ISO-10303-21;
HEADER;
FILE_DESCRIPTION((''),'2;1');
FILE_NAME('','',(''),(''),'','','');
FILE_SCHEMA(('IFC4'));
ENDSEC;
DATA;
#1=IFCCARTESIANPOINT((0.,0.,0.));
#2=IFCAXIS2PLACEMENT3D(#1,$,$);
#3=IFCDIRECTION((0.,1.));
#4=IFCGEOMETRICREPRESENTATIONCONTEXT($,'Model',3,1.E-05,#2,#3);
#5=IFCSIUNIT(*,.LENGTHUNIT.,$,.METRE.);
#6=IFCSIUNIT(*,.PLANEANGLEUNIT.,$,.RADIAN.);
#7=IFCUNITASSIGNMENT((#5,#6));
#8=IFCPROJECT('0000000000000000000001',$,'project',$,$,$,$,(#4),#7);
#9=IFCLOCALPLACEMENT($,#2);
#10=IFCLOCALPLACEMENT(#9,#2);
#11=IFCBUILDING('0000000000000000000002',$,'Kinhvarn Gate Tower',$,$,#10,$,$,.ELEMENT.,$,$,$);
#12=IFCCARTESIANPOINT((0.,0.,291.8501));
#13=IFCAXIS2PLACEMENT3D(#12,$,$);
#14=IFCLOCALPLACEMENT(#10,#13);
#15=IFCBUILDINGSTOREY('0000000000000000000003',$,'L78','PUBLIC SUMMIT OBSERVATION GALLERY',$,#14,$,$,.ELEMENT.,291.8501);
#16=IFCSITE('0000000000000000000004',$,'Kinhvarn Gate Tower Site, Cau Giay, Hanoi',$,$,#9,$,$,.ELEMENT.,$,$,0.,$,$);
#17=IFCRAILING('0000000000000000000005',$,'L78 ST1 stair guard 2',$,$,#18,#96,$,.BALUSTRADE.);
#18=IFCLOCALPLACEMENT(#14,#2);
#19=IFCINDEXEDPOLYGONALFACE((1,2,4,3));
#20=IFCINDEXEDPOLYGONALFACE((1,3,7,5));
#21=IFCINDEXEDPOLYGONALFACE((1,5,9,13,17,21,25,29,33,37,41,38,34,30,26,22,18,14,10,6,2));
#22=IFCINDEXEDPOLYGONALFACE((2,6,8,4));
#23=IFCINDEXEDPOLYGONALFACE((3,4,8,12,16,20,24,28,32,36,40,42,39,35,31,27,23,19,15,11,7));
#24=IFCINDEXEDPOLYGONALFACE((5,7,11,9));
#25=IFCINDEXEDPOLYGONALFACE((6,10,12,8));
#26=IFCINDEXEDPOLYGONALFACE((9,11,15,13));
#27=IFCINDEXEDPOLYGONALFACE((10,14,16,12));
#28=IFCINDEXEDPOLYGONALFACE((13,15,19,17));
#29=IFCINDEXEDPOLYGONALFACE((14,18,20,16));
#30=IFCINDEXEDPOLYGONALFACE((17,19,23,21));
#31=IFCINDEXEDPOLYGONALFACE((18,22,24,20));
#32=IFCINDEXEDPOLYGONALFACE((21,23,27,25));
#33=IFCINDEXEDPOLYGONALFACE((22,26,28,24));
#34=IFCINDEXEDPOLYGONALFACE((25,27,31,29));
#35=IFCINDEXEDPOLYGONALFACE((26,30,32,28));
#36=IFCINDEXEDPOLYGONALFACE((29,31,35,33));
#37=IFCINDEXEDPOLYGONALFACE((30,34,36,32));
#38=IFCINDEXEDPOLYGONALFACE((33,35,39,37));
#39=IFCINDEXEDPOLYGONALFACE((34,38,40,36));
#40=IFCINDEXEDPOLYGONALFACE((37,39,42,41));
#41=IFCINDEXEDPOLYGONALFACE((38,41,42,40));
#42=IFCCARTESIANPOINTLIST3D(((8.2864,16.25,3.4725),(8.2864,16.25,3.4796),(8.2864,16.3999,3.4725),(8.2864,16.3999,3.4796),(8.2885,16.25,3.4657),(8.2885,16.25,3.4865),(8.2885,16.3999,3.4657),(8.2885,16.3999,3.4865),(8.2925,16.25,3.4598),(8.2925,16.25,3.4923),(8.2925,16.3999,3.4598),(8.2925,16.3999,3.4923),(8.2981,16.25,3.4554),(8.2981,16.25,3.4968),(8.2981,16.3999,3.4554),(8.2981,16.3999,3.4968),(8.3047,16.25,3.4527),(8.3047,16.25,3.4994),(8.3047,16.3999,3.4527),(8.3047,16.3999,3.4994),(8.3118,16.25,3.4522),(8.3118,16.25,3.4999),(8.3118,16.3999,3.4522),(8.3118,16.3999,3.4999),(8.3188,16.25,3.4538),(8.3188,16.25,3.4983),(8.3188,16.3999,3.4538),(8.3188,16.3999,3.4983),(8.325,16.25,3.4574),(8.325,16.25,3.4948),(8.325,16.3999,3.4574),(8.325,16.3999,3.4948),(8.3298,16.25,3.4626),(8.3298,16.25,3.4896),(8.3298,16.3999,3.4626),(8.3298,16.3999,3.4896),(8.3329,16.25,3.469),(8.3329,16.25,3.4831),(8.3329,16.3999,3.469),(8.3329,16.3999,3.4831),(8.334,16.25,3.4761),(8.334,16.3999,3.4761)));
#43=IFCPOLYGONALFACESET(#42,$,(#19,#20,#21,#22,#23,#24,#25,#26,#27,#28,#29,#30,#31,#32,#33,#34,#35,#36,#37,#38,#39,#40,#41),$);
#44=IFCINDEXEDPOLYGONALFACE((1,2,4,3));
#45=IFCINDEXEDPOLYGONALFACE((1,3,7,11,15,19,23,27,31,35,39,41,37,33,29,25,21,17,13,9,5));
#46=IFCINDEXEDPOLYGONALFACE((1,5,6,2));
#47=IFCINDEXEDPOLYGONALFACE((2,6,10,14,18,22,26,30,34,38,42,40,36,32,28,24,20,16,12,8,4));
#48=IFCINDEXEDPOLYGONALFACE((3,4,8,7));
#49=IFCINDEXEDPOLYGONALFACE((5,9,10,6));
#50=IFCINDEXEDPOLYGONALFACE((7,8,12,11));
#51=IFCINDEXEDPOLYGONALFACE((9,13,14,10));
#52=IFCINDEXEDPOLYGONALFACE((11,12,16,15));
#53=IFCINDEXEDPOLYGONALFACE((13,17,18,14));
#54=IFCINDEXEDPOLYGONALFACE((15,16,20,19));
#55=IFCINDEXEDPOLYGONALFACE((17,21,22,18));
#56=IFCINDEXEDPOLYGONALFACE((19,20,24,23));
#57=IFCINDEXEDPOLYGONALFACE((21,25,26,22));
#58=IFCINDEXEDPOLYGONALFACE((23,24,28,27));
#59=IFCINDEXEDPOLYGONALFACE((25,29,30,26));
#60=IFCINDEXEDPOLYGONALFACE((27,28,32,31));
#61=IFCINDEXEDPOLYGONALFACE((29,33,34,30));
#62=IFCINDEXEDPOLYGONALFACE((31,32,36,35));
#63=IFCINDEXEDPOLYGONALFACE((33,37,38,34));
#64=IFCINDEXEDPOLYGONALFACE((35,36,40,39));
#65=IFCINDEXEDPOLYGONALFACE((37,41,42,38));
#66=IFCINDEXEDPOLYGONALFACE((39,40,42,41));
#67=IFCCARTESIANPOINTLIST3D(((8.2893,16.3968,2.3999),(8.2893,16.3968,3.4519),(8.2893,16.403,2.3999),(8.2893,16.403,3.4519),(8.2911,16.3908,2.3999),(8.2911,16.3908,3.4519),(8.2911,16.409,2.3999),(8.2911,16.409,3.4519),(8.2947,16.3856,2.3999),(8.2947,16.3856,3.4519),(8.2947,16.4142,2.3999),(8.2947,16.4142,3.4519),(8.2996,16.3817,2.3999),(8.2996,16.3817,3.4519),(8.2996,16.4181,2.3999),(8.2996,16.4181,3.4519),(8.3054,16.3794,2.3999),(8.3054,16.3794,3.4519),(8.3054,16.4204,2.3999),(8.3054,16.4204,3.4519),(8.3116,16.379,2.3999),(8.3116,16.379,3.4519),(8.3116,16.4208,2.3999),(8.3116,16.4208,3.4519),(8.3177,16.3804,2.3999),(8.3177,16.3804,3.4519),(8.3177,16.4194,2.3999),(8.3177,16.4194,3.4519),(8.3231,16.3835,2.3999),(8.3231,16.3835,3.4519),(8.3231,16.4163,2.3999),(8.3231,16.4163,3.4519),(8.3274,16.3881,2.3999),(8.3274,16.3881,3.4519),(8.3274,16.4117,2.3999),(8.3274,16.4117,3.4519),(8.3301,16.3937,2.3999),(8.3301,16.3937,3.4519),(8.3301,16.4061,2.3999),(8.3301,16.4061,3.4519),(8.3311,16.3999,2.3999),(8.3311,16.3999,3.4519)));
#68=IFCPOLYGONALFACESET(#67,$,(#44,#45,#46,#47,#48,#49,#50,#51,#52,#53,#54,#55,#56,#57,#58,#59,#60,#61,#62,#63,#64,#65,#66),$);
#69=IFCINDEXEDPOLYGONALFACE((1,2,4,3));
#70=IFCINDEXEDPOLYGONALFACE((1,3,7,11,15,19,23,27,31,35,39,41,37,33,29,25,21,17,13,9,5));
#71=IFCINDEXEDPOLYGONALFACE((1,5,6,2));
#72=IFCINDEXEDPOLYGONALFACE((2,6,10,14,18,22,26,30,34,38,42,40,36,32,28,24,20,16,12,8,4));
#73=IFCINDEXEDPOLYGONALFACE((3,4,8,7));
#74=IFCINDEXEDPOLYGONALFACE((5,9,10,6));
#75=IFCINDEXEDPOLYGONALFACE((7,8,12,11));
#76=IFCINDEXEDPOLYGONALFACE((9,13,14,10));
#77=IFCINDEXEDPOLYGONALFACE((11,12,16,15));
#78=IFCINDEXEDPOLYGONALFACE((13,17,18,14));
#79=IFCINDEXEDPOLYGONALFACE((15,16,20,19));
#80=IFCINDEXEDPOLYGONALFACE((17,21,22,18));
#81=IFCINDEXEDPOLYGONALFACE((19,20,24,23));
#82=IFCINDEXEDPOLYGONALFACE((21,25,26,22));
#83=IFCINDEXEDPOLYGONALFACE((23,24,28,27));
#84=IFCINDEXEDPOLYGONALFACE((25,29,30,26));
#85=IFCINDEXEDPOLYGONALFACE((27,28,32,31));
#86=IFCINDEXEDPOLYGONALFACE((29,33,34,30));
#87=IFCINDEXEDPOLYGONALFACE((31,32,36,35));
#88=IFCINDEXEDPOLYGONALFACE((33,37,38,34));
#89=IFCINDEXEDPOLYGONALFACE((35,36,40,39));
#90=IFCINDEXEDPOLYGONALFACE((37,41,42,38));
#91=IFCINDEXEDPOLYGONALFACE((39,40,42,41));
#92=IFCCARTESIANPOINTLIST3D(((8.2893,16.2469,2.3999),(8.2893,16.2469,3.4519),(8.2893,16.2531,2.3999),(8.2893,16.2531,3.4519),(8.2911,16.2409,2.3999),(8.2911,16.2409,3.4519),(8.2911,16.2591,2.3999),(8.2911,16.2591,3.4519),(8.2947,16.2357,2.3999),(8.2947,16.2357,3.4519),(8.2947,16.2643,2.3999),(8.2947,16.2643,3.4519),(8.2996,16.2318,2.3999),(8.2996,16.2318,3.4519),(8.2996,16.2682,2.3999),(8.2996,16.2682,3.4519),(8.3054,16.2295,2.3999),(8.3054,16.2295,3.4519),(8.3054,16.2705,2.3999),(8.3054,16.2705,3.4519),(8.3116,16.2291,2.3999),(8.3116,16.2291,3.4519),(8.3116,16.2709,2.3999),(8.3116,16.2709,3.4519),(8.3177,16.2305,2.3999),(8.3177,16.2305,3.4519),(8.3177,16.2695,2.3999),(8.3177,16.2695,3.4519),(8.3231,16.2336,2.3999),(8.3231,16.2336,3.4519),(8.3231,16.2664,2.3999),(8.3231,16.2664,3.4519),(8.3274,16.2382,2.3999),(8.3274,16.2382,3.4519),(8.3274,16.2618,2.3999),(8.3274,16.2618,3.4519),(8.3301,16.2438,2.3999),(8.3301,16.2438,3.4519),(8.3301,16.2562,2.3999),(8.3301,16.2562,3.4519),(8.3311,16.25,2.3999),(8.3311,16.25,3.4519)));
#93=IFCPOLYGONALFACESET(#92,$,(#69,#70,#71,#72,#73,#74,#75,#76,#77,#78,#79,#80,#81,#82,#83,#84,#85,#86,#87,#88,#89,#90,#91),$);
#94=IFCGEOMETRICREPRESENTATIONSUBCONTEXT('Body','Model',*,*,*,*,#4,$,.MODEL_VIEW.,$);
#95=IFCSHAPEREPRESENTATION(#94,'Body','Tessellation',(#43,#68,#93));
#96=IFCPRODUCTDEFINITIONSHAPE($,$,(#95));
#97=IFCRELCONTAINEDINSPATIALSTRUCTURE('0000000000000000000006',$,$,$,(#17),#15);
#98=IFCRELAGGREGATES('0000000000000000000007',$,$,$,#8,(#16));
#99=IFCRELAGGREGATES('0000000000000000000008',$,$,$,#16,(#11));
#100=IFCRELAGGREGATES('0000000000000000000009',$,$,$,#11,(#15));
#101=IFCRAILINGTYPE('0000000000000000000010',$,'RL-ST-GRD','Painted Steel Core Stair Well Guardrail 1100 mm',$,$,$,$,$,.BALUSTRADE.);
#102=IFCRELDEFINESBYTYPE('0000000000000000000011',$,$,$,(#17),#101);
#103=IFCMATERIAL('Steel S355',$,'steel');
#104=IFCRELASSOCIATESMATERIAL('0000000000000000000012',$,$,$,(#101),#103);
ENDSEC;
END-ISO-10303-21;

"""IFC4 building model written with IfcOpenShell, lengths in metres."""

from ifc_helpers import new_model, si_unit, direction, frame, origin, origin_2d, place, context, subcontext, project, spatial, circle, extrude, material, type_object, element, save


model = new_model("IFC4")

# Units and contexts
model_context = context("Model", 3, precision=1e-05, world=origin(), true_north=direction((0.0, 1.0)))
body_context = subcontext(model_context, "Body", "Model", "MODEL_VIEW")
ifc_project = project(units=[si_unit("LENGTHUNIT", "METRE"), si_unit("PLANEANGLEUNIT", "RADIAN")], contexts=[model_context])

# Site, building, storey
site_placement = place(None, origin())
site = spatial("IfcSite", under=ifc_project, at=site_placement, Name="Kinhvarn Gate Tower Site, Cau Giay, Hanoi", CompositionType="ELEMENT", RefElevation=0.0)
building_placement = place(site_placement, origin())
building = spatial("IfcBuilding", under=site, at=building_placement, Name="Kinhvarn Gate Tower", CompositionType="ELEMENT")
storey_placement = place(building_placement, frame((0.0, 0.0, 291.8501)))
storey = spatial("IfcBuildingStorey", under=building, at=storey_placement, Name="L78", Description="PUBLIC SUMMIT OBSERVATION GALLERY", CompositionType="ELEMENT", Elevation=291.8501)

# Shared definitions
ifc_material_1 = material(Name="Steel S355", Category="steel")

# Railing
railing_type_1 = type_object("IfcRailingType", Name="RL-ST-GRD", Description="Painted Steel Core Stair Well Guardrail 1100 mm", PredefinedType="BALUSTRADE", material=ifc_material_1)
railing_1_placement = place(storey_placement, frame((8.3101, 16.3999, 2.3999)))
element("IfcRailing", 1, at=railing_1_placement, inside=storey, type_object=railing_type_1, Name="L78 ST1 stair guard 2", PredefinedType="BALUSTRADE", context=body_context, shape_type="SweptSolid", body=[
    extrude(circle(Radius=0.0239, at=origin_2d()), frame((0.0, 0.0, 1.0762), z_axis=(0.0, -1.0, 0.0), x_axis=(1.0, 0.0, 0.0)), (0.0, 0.0, 1.0), 0.1499),
    extrude(circle(Radius=0.021, at=origin_2d()), origin(), (0.0, 0.0, 1.0), 1.052),
    extrude(circle(Radius=0.021, at=origin_2d()), frame((0.0, -0.1499, 0.0)), (0.0, 0.0, 1.0), 1.052),
])

save(model, "model.ifc")
